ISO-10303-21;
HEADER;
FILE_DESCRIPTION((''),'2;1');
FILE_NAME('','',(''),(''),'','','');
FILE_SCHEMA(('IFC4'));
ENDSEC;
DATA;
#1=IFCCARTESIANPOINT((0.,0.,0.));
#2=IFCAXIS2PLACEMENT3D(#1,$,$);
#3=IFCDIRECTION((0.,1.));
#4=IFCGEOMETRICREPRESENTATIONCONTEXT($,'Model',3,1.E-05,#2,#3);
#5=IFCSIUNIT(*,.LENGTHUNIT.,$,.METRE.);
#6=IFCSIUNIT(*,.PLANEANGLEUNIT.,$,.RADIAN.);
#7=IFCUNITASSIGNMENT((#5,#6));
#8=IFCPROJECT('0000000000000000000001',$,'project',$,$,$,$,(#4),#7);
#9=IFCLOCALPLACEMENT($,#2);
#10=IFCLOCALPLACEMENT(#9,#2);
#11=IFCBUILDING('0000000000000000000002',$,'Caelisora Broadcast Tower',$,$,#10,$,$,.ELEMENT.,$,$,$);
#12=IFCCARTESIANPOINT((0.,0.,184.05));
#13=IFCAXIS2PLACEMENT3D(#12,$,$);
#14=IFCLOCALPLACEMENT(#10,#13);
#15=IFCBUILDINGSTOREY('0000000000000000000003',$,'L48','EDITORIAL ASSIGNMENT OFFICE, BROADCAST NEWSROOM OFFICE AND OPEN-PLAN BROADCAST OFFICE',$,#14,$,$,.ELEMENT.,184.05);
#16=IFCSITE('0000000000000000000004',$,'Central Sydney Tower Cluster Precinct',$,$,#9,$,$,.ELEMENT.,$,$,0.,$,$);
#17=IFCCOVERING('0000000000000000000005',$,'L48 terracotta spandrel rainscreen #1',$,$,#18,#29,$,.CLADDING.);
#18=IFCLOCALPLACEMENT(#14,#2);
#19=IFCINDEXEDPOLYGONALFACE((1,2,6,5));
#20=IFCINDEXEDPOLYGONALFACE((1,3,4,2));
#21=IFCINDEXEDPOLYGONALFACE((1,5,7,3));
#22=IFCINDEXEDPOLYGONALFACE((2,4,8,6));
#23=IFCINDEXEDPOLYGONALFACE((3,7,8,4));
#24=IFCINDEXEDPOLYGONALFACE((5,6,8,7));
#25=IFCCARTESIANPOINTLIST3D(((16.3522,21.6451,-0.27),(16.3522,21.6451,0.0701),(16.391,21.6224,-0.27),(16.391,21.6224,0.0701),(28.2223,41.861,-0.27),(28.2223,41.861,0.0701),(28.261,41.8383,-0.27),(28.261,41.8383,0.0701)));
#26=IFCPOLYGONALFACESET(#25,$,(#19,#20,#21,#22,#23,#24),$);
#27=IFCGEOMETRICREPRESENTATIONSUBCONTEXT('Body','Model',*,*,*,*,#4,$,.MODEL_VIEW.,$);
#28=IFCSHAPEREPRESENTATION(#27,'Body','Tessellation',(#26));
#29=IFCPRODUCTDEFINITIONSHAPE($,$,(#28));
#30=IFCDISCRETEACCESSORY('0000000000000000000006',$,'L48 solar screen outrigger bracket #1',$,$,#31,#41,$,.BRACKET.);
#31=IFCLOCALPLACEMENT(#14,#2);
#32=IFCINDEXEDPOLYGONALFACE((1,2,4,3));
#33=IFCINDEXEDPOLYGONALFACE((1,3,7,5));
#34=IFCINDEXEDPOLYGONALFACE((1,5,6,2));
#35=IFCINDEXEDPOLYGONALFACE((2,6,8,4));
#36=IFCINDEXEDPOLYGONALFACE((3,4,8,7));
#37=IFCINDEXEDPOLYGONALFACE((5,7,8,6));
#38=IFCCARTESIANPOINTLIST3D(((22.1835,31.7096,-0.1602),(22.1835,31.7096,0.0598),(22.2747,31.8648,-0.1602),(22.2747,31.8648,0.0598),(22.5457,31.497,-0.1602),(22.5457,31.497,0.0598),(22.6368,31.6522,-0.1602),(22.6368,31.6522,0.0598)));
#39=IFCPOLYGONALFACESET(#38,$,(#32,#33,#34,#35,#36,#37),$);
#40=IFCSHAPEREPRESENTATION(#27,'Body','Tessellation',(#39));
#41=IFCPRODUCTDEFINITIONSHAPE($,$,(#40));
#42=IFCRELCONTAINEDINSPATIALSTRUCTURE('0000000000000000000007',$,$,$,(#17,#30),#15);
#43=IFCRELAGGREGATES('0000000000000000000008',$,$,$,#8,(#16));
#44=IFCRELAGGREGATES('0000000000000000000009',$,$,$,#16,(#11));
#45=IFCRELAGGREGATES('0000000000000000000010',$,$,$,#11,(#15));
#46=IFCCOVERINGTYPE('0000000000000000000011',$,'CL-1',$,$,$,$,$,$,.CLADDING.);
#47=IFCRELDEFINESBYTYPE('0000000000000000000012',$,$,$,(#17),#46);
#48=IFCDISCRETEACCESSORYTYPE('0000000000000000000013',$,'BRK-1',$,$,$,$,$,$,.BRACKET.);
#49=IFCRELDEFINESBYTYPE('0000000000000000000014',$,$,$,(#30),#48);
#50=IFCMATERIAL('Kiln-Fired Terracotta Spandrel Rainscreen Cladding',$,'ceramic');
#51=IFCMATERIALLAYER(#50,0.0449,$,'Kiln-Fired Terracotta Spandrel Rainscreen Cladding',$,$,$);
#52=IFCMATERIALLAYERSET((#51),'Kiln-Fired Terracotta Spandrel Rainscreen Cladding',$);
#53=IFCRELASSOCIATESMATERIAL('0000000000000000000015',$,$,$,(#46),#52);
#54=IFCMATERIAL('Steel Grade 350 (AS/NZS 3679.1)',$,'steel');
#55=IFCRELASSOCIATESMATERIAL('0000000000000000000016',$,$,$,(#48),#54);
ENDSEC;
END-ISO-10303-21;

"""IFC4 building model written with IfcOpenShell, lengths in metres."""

from ifc_helpers import new_model, si_unit, direction, frame, origin, origin_2d, place, context, subcontext, project, spatial, rectangle, extrude, source, transform, mapped, material, layer, layer_set, type_object, type_shapes, element, save


model = new_model("IFC4")

# Units and contexts
model_context = context("Model", 3, precision=1e-05, world=origin(), true_north=direction((0.0, 1.0)))
body_context = subcontext(model_context, "Body", "Model", "MODEL_VIEW")
ifc_project = project(units=[si_unit("LENGTHUNIT", "METRE"), si_unit("PLANEANGLEUNIT", "RADIAN")], contexts=[model_context])

# Site, building, storey
site_placement = place(None, origin())
site = spatial("IfcSite", under=ifc_project, at=site_placement, Name="Central Sydney Tower Cluster Precinct", CompositionType="ELEMENT", RefElevation=0.0)
building_placement = place(site_placement, origin())
building = spatial("IfcBuilding", under=site, at=building_placement, Name="Caelisora Broadcast Tower", CompositionType="ELEMENT")
storey_placement = place(building_placement, frame((0.0, 0.0, 184.05)))
storey = spatial("IfcBuildingStorey", under=building, at=storey_placement, Name="L48", Description="EDITORIAL ASSIGNMENT OFFICE, BROADCAST NEWSROOM OFFICE AND OPEN-PLAN BROADCAST OFFICE", CompositionType="ELEMENT", Elevation=184.05)

# Shared definitions
ifc_material_1 = material(Name="Steel Grade 350 (AS/NZS 3679.1)", Category="steel")

# Covering
ifc_material_2 = material(Name="Kiln-Fired Terracotta Spandrel Rainscreen Cladding", Category="ceramic")
ifc_layer_1 = layer(ifc_material_2, 0.0449, Name="Kiln-Fired Terracotta Spandrel Rainscreen Cladding")
ifc_layer_set_1 = layer_set([ifc_layer_1], Name="Kiln-Fired Terracotta Spandrel Rainscreen Cladding")
covering_type = type_object("IfcCoveringType", Name="CL-1", PredefinedType="CLADDING", material=ifc_layer_set_1)
shared_shape_1 = source(origin(), body_context, "Body", "SweptSolid", [
    extrude(rectangle(XDim=23.4431, YDim=0.0449, at=origin_2d()), origin(), (0.0, 0.0, 1.0), 0.3401),
])
type_shapes(covering_type, [shared_shape_1])
covering_placement = place(storey_placement, frame((22.3066, 31.7417, -0.27), z_axis=(0.0, 0.0, 1.0), x_axis=(-0.506335, -0.862337, 0.0)))
element("IfcCovering", 1, at=covering_placement, inside=storey, type_object=covering_type, Name="L48 terracotta spandrel rainscreen #1", PredefinedType="CLADDING", context=body_context, shape_type="MappedRepresentation", body=[
    mapped(shared_shape_1, transform((0.0, 0.0, 0.0), scale=1.0)),
])

# Discrete accessory
discrete_accessory_type = type_object("IfcDiscreteAccessoryType", Name="BRK-1", PredefinedType="BRACKET", material=ifc_material_1)
shared_shape_2 = source(origin(), body_context, "Body", "SweptSolid", [
    extrude(rectangle(XDim=0.1799, YDim=0.4199, at=origin_2d()), origin(), (0.0, 0.0, 1.0), 0.22),
])
type_shapes(discrete_accessory_type, [shared_shape_2])
discrete_accessory_placement = place(storey_placement, frame((22.4102, 31.6809, -0.1602), z_axis=(0.0, 0.0, 1.0), x_axis=(-0.506335, -0.862337, 0.0)))
element("IfcDiscreteAccessory", 2, at=discrete_accessory_placement, inside=storey, type_object=discrete_accessory_type, Name="L48 solar screen outrigger bracket #1", PredefinedType="BRACKET", context=body_context, shape_type="MappedRepresentation", body=[
    mapped(shared_shape_2, transform((0.0, 0.0, 0.0), scale=1.0)),
])

save(model, "model.ifc")
